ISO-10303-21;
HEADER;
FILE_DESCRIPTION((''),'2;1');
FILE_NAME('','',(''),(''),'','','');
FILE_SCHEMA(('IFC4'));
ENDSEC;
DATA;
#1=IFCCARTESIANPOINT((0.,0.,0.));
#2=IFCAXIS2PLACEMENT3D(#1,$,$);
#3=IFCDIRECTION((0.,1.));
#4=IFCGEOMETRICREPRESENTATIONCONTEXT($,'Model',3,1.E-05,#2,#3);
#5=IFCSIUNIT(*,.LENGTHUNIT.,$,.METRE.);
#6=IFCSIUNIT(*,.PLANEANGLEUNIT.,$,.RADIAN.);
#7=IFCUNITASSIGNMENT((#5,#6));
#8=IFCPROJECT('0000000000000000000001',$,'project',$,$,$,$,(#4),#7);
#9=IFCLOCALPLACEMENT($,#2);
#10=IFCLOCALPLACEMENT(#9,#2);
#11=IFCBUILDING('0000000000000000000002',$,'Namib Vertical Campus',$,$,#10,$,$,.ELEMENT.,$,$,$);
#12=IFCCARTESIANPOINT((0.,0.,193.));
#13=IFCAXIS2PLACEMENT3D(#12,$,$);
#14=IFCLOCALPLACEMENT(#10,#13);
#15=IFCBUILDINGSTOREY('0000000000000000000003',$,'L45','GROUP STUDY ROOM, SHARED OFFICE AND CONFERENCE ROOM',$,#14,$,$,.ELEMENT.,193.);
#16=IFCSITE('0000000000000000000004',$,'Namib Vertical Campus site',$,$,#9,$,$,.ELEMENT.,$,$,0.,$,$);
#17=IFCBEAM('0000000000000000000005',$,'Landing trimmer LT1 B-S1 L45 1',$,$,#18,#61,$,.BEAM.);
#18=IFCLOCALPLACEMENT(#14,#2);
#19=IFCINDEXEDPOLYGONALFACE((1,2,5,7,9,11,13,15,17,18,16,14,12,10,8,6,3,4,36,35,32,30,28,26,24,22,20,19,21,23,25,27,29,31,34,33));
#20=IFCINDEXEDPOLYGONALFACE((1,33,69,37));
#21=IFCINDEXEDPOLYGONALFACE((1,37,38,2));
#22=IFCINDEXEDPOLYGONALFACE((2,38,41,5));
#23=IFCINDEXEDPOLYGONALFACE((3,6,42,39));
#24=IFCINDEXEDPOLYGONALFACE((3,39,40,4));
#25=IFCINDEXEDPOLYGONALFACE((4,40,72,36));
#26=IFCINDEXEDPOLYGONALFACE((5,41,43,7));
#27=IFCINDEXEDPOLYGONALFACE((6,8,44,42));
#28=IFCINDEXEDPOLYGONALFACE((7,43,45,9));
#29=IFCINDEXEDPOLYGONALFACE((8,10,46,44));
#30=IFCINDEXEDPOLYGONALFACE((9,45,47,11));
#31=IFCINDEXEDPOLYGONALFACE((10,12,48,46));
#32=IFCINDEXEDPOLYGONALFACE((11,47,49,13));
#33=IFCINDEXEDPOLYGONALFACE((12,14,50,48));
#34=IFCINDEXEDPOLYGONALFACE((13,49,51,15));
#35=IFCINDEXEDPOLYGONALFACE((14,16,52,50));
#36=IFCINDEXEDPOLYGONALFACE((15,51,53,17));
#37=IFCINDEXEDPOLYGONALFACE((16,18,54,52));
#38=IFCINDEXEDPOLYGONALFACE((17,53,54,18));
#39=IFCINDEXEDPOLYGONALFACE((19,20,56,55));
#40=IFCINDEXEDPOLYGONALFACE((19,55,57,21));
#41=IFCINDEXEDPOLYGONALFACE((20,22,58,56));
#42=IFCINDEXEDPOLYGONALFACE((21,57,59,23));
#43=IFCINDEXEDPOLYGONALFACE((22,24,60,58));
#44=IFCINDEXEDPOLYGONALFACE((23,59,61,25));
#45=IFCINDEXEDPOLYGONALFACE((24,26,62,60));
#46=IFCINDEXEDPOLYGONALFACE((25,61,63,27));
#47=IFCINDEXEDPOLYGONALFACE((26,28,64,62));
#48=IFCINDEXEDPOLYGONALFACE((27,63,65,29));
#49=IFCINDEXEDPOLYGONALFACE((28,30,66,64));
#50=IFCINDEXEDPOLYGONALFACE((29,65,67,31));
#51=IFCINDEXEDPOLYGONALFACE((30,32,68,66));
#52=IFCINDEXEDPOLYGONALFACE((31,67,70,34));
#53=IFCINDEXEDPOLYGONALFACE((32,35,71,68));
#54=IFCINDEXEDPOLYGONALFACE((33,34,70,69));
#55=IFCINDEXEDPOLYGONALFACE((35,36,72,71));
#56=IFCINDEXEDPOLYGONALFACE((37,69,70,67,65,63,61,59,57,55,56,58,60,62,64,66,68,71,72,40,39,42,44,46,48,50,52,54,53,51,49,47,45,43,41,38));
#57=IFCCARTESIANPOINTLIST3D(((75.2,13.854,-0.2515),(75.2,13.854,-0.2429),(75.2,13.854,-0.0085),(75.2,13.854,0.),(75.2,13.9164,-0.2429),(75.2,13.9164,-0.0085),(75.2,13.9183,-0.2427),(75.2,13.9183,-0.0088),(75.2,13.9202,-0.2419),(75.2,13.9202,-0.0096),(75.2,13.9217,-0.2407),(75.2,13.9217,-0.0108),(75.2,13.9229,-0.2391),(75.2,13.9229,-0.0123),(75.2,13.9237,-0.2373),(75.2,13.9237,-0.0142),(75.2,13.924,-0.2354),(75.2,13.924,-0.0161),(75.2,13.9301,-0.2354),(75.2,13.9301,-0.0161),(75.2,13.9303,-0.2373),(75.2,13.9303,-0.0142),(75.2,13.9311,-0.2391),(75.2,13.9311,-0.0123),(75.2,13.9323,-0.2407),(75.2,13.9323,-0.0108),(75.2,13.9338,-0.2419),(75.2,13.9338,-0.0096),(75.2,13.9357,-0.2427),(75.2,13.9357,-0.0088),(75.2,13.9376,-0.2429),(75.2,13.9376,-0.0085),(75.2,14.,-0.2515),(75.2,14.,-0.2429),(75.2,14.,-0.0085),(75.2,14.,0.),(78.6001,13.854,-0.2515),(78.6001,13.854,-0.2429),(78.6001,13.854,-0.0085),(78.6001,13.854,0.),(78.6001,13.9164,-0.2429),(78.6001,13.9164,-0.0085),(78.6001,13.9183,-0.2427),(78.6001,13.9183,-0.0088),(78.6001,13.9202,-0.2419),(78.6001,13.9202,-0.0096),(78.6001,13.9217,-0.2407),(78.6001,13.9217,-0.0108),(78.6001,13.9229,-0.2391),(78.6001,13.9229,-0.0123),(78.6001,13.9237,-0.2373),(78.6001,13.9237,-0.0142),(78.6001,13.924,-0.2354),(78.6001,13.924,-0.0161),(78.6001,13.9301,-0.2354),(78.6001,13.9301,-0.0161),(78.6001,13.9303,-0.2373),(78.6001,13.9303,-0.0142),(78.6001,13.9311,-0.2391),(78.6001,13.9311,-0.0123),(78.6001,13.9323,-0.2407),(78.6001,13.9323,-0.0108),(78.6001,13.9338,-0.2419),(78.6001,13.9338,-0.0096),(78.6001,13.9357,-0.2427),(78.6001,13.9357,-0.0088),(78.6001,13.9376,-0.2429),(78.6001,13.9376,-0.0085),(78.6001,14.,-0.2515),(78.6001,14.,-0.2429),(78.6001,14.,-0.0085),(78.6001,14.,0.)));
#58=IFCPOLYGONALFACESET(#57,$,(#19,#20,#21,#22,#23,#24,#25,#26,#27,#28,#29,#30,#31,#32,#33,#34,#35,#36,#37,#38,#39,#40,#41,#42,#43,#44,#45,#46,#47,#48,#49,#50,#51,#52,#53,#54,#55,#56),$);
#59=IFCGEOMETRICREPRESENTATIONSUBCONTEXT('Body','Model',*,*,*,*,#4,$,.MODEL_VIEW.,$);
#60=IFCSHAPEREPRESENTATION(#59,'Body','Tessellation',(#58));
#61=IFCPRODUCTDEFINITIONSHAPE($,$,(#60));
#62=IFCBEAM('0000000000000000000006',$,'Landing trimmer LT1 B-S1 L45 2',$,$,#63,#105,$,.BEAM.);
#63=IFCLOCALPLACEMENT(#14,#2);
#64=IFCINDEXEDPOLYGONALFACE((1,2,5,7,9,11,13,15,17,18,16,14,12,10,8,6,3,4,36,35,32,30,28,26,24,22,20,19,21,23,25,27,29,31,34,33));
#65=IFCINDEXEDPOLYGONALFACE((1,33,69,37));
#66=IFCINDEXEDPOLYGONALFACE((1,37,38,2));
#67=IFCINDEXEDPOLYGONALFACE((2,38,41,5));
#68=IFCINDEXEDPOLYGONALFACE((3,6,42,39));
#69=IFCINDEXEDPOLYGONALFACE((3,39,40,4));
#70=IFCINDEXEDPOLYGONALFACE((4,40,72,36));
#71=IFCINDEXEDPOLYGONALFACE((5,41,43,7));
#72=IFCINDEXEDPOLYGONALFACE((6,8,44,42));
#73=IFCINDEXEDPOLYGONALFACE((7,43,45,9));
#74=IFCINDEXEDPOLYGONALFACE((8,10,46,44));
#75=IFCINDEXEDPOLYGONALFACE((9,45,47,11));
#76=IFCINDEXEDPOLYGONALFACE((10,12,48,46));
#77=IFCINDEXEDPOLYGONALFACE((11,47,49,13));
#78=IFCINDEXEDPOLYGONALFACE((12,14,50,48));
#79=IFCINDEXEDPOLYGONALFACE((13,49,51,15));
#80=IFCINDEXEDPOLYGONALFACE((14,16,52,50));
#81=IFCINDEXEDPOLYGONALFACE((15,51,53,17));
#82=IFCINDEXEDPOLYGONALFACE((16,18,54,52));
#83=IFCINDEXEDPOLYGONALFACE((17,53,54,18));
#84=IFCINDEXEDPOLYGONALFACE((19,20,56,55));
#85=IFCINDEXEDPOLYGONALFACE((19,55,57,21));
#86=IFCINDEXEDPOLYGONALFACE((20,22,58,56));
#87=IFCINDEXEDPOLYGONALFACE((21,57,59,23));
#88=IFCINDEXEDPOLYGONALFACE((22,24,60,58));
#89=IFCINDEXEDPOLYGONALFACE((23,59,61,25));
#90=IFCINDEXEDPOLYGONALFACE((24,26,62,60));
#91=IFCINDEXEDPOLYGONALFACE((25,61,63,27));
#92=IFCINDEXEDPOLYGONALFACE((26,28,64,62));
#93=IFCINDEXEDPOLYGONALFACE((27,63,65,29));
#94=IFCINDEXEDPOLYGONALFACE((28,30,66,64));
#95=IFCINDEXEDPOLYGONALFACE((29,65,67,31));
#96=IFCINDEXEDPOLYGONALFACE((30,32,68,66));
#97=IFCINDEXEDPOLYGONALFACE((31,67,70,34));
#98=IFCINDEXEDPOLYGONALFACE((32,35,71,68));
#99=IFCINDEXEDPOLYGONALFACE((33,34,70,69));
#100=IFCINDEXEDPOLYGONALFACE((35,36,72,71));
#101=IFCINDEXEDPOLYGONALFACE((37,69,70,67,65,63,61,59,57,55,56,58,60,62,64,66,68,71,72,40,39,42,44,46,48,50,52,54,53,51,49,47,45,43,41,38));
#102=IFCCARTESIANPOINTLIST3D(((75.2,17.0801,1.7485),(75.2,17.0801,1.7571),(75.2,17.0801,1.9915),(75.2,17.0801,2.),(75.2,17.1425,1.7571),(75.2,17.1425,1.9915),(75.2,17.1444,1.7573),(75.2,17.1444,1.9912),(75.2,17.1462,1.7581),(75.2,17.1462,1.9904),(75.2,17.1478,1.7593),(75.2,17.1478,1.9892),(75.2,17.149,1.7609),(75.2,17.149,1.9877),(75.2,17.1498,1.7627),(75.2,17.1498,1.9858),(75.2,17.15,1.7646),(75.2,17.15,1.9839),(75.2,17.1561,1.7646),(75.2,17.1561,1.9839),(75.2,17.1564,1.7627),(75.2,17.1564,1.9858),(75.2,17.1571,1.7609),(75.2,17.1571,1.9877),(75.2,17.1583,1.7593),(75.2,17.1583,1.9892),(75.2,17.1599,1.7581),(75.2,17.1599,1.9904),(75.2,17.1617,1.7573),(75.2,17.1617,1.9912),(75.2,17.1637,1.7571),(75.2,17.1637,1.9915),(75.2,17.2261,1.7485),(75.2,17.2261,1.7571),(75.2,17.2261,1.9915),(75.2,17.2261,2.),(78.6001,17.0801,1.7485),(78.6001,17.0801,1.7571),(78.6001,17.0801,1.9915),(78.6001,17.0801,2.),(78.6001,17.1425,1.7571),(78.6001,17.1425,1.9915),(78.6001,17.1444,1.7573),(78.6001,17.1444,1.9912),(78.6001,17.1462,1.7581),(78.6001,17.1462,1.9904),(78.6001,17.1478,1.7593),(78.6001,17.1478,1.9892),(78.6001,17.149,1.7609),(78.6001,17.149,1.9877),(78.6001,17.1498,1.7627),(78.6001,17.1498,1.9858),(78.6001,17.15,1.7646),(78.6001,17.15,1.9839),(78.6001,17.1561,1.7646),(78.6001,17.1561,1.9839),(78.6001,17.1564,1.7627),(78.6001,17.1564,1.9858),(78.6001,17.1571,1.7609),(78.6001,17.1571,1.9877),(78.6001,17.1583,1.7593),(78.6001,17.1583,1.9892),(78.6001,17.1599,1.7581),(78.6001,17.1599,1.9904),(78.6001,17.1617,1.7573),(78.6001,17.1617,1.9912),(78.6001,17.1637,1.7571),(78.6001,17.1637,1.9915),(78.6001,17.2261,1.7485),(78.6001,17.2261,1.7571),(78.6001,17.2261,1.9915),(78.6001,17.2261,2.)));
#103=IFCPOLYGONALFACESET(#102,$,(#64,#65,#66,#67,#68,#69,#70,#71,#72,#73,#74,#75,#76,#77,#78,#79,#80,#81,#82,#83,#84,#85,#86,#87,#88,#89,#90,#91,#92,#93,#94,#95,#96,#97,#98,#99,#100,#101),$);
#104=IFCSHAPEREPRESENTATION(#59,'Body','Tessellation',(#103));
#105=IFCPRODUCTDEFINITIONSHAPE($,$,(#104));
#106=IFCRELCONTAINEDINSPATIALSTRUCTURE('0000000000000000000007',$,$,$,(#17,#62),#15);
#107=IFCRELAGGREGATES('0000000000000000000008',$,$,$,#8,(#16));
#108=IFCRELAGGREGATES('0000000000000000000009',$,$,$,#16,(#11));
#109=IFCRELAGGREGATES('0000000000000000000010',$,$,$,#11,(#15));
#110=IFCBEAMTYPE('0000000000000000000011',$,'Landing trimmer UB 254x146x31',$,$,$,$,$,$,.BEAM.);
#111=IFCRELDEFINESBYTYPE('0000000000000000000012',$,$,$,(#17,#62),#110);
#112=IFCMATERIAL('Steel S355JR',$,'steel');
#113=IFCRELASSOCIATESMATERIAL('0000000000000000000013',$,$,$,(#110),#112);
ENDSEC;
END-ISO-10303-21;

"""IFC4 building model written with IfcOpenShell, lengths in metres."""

from ifc_helpers import new_model, si_unit, direction, frame, origin, origin_2d, place, context, subcontext, project, spatial, i_section, extrude, material, material_profile, profile_set, type_object, element, save


model = new_model("IFC4")

# Units and contexts
model_context = context("Model", 3, precision=1e-05, world=origin(), true_north=direction((0.0, 1.0)))
body_context = subcontext(model_context, "Body", "Model", "MODEL_VIEW")
ifc_project = project(units=[si_unit("LENGTHUNIT", "METRE"), si_unit("PLANEANGLEUNIT", "RADIAN")], contexts=[model_context])

# Site, building, storey
site_placement = place(None, origin())
site = spatial("IfcSite", under=ifc_project, at=site_placement, Name="Namib Vertical Campus site", CompositionType="ELEMENT", RefElevation=0.0)
building_placement = place(site_placement, origin())
building = spatial("IfcBuilding", under=site, at=building_placement, Name="Namib Vertical Campus", CompositionType="ELEMENT")
storey_placement = place(building_placement, frame((0.0, 0.0, 193.0)))
storey = spatial("IfcBuildingStorey", under=building, at=storey_placement, Name="L45", Description="GROUP STUDY ROOM, SHARED OFFICE AND CONFERENCE ROOM", CompositionType="ELEMENT", Elevation=193.0)

# Beams
ifc_material_1 = material(Name="Steel S355JR", Category="steel")
ifc_material_profile = material_profile(ifc_material_1, i_section(OverallWidth=0.146, OverallDepth=0.2515, WebThickness=0.0061, FlangeThickness=0.0085, FilletRadius=0.0076, at=origin_2d()))
ifc_profile_set = profile_set([ifc_material_profile], Name="Steel S355JR")
beam_type = type_object("IfcBeamType", Name="Landing trimmer UB 254x146x31", PredefinedType="BEAM", material=ifc_profile_set)
for number, where, z_axis, x_axis, name in (
    (1, (75.2, 13.927, -0.1257), (1.0, 0.0, 0.0), (0.0, 1.0, 0.0), "Landing trimmer LT1 B-S1 L45 1"),
    (2, (75.2, 17.1531, 1.8743), (1.0, 0.0, 0.0), (0.0, 1.0, 0.0), "Landing trimmer LT1 B-S1 L45 2"),
):
    element("IfcBeam", number, at=place(storey_placement, frame(where, z_axis=z_axis, x_axis=x_axis)), inside=storey, type_object=beam_type, Name=name, PredefinedType="BEAM", context=body_context, shape_type="SweptSolid", body=[
        extrude(i_section(OverallWidth=0.146, OverallDepth=0.2515, WebThickness=0.0061, FlangeThickness=0.0085, FilletRadius=0.0076, at=origin_2d()), origin(), (0.0, 0.0, 1.0), 3.4001),
    ])

save(model, "model.ifc")
